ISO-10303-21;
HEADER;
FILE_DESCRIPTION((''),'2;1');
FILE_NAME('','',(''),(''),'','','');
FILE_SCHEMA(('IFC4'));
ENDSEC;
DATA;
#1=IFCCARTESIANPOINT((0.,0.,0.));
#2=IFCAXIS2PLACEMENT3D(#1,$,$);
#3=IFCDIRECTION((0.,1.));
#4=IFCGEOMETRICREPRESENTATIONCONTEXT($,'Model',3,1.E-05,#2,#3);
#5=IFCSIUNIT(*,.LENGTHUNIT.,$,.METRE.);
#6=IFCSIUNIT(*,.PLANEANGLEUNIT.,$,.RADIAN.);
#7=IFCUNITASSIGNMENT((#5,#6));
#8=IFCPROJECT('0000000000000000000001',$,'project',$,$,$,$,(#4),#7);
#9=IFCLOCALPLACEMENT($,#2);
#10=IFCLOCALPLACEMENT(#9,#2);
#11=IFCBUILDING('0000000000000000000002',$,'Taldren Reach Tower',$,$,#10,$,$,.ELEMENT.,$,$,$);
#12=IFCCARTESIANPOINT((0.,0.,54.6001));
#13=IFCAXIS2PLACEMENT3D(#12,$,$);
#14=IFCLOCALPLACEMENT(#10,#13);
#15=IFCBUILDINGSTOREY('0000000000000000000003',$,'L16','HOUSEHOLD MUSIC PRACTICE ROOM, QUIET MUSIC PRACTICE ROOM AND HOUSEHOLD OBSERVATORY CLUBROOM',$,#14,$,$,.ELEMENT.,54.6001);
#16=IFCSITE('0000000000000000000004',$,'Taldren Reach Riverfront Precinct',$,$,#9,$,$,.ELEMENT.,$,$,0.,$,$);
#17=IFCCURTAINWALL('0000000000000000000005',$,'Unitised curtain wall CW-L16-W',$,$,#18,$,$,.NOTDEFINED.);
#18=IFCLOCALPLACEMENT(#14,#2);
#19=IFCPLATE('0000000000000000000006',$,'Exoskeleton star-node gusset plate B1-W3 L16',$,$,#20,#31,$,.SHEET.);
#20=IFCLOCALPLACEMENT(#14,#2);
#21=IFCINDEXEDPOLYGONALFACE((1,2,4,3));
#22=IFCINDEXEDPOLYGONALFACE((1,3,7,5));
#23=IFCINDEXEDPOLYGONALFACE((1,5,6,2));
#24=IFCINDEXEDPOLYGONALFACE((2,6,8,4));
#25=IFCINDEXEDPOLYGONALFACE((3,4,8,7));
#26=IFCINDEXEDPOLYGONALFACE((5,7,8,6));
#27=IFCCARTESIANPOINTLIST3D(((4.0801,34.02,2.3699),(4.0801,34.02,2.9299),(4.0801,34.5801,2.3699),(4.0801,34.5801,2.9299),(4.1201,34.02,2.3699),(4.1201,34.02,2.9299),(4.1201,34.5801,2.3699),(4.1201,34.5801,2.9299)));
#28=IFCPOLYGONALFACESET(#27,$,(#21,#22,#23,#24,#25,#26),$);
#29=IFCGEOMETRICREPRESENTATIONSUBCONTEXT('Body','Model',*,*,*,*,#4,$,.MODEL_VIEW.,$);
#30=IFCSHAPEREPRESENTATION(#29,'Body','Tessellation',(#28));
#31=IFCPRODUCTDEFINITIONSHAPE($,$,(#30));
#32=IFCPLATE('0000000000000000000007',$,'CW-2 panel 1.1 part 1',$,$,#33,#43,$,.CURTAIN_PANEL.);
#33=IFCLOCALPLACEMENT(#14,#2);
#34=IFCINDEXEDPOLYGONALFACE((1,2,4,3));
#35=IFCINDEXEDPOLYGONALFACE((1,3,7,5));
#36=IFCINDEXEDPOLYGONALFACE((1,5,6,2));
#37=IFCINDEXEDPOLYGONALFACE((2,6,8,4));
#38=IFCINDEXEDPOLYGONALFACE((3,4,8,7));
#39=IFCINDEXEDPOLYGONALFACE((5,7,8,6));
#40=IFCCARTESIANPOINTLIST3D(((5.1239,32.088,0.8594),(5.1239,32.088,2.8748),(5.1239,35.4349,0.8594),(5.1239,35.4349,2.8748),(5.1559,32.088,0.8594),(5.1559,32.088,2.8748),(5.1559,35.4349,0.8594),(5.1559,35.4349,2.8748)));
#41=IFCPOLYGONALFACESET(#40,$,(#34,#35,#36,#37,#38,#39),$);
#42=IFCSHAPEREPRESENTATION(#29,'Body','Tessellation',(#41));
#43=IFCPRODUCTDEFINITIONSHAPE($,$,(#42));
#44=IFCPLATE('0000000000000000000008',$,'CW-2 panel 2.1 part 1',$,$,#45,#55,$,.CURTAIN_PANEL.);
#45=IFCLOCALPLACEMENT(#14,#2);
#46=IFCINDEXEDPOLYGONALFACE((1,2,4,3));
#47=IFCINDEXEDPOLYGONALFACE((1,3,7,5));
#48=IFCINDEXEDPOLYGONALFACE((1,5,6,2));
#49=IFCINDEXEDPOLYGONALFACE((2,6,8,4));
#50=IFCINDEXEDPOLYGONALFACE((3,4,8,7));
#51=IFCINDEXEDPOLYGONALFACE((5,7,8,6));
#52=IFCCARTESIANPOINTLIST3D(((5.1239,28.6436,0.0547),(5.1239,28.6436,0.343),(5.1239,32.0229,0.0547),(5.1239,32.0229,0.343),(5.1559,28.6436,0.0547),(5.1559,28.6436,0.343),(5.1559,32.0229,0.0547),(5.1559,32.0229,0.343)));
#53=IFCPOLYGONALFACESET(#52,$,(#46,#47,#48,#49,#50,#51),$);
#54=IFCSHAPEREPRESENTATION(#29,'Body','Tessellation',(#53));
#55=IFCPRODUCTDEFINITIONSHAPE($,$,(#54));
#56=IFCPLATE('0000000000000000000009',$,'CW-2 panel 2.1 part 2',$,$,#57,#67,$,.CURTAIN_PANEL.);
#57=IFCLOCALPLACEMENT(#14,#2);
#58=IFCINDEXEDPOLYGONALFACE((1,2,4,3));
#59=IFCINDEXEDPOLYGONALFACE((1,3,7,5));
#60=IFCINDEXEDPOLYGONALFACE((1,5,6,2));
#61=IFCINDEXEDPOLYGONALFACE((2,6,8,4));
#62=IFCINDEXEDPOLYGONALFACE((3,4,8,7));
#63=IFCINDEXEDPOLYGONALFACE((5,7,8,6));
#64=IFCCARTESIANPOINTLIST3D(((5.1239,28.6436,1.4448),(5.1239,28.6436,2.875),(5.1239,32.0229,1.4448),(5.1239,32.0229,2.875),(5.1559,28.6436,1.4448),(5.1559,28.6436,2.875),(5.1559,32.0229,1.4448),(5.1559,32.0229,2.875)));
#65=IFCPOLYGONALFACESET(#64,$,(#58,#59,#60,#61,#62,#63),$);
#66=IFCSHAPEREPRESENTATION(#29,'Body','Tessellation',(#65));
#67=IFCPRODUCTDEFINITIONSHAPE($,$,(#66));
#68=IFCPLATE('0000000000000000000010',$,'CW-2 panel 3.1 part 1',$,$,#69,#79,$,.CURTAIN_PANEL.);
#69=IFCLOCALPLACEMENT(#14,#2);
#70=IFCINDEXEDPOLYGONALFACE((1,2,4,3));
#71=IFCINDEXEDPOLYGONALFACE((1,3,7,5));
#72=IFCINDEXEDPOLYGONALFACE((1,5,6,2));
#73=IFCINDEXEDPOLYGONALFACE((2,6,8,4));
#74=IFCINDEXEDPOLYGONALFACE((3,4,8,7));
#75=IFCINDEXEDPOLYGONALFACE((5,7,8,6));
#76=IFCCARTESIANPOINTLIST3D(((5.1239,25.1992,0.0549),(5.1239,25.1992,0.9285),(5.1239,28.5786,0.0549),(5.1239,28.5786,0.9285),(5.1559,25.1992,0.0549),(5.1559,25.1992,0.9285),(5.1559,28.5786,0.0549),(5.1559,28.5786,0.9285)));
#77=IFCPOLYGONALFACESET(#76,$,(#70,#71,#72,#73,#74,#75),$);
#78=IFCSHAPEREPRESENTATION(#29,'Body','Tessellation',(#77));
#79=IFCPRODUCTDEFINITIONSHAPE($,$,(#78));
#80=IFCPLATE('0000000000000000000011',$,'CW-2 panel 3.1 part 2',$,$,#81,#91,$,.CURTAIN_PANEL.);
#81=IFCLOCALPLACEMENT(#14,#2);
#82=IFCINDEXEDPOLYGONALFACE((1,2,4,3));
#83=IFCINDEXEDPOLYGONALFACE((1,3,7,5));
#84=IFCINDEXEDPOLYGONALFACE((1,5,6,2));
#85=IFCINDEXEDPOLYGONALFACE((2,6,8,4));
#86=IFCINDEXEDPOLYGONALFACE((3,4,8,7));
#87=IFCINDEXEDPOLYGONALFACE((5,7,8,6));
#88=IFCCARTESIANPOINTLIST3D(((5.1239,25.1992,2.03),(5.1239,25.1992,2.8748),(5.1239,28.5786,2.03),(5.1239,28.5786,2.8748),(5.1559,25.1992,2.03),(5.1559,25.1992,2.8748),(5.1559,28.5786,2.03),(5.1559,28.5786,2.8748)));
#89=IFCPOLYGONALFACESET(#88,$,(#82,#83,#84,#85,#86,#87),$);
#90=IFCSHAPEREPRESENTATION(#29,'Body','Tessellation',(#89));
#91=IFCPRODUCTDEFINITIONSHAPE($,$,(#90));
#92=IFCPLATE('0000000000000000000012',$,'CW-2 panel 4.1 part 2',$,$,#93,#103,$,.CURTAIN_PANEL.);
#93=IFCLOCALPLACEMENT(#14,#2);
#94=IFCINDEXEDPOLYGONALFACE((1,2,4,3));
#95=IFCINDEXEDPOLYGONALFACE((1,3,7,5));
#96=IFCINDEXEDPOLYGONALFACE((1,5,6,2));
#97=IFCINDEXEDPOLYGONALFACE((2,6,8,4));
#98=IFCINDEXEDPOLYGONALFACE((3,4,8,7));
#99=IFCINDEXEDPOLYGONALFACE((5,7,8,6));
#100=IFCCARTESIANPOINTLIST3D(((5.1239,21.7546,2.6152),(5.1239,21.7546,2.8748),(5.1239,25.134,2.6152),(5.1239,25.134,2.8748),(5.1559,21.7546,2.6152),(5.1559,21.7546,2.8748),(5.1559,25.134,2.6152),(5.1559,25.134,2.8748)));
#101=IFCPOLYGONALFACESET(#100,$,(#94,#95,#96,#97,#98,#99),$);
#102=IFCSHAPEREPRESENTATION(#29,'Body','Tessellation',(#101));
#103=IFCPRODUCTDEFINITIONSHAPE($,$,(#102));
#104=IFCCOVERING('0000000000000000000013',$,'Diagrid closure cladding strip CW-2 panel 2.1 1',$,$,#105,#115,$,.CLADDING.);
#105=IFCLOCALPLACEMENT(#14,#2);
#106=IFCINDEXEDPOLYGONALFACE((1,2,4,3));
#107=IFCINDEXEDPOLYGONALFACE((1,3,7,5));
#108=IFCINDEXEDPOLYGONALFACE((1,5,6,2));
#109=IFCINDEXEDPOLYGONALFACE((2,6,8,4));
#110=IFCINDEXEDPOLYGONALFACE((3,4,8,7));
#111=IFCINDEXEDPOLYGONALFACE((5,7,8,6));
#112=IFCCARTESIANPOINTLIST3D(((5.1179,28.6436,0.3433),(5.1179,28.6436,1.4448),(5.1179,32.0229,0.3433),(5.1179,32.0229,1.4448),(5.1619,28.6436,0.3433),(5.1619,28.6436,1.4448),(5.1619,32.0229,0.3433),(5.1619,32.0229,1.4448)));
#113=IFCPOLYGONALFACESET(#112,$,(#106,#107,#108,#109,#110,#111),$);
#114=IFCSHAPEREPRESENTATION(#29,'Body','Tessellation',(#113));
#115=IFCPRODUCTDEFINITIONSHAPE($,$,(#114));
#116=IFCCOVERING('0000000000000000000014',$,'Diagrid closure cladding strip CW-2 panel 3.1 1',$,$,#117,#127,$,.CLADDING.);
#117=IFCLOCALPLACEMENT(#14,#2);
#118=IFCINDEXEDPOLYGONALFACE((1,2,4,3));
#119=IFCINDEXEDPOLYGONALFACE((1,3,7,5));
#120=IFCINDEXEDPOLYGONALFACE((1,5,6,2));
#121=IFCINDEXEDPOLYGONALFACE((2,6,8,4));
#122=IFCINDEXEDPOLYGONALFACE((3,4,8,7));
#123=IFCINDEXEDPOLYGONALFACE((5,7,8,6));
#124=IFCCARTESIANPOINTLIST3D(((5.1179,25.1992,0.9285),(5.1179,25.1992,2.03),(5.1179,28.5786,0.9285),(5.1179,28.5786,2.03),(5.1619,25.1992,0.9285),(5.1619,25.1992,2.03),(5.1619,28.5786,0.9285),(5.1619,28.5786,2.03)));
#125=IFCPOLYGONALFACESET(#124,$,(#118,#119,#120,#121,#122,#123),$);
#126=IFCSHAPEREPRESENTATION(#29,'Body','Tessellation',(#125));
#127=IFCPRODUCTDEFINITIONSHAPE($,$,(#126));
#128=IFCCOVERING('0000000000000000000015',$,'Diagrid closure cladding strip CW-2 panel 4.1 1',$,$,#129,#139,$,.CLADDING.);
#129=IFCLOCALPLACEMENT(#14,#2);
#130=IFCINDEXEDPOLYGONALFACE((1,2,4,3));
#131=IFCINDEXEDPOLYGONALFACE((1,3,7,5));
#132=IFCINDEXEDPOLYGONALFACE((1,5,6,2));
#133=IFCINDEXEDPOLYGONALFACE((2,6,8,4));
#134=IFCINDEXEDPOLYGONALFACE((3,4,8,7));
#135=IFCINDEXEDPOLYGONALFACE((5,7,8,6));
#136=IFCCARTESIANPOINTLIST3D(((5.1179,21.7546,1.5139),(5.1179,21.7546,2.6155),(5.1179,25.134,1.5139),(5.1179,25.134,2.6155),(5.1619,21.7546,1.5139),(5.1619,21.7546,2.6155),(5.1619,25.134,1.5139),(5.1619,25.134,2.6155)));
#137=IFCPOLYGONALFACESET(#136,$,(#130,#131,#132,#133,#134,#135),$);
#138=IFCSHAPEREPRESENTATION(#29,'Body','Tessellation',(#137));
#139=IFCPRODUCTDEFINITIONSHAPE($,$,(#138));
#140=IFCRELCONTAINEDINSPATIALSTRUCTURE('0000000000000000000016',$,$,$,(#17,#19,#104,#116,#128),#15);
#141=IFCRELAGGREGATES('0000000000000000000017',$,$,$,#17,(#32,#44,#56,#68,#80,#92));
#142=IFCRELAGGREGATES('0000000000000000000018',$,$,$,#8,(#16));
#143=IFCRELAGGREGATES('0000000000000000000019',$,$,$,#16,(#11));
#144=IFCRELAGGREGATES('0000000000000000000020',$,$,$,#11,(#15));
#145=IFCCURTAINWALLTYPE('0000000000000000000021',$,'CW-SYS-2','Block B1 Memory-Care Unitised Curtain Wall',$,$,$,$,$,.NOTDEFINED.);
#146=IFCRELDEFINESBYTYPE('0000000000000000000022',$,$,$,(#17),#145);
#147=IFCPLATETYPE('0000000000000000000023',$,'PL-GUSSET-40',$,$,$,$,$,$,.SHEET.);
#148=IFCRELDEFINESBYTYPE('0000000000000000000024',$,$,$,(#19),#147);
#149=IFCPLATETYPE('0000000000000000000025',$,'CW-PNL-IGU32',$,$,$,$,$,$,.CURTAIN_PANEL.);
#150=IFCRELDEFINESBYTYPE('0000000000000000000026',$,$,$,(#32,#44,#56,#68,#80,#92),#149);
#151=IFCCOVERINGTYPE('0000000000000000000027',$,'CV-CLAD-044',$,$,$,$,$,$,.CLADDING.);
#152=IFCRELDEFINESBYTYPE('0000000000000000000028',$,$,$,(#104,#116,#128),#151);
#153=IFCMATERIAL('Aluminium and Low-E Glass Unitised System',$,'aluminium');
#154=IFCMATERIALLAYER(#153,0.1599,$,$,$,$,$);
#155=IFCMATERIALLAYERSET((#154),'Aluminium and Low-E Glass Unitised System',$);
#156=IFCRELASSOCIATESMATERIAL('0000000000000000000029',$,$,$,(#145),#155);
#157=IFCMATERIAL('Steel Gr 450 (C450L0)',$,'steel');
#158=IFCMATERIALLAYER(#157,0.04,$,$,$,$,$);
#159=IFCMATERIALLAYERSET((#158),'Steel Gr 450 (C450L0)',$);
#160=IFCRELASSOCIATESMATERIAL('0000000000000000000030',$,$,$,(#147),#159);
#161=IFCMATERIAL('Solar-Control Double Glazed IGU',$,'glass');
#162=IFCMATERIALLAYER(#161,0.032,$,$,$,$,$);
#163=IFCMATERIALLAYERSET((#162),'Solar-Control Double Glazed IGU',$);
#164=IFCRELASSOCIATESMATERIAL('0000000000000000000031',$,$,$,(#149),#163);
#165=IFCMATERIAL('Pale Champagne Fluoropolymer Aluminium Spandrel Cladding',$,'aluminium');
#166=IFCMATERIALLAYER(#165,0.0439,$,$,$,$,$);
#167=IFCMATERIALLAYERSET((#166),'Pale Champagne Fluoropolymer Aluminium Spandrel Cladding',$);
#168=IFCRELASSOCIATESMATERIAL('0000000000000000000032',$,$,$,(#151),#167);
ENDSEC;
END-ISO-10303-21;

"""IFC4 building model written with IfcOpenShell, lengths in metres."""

from ifc_helpers import new_model, si_unit, direction, frame, origin, origin_2d, place, context, subcontext, project, spatial, rectangle, extrude, source, transform, mapped, material, layer, layer_set, type_object, element, aggregate, save


model = new_model("IFC4")

# Units and contexts
model_context = context("Model", 3, precision=1e-05, world=origin(), true_north=direction((0.0, 1.0)))
body_context = subcontext(model_context, "Body", "Model", "MODEL_VIEW")
ifc_project = project(units=[si_unit("LENGTHUNIT", "METRE"), si_unit("PLANEANGLEUNIT", "RADIAN")], contexts=[model_context])

# Site, building, storey
site_placement = place(None, origin())
site = spatial("IfcSite", under=ifc_project, at=site_placement, Name="Taldren Reach Riverfront Precinct", CompositionType="ELEMENT", RefElevation=0.0)
building_placement = place(site_placement, origin())
building = spatial("IfcBuilding", under=site, at=building_placement, Name="Taldren Reach Tower", CompositionType="ELEMENT")
storey_placement = place(building_placement, frame((0.0, 0.0, 54.6001)))
storey = spatial("IfcBuildingStorey", under=building, at=storey_placement, Name="L16", Description="HOUSEHOLD MUSIC PRACTICE ROOM, QUIET MUSIC PRACTICE ROOM AND HOUSEHOLD OBSERVATORY CLUBROOM", CompositionType="ELEMENT", Elevation=54.6001)

# Shared definitions
ifc_material_1 = material(Name="Steel Gr 450 (C450L0)", Category="steel")

# Curtain wall
ifc_material_2 = material(Name="Aluminium and Low-E Glass Unitised System", Category="aluminium")
ifc_layer_1 = layer(ifc_material_2, 0.1599)
ifc_layer_set_1 = layer_set([ifc_layer_1], Name="Aluminium and Low-E Glass Unitised System")
curtain_wall_type = type_object("IfcCurtainWallType", Name="CW-SYS-2", Description="Block B1 Memory-Care Unitised Curtain Wall", PredefinedType="NOTDEFINED", material=ifc_layer_set_1)
curtain_wall_placement = place(storey_placement, origin())
curtain_wall = element("IfcCurtainWall", 1, at=curtain_wall_placement, inside=storey, type_object=curtain_wall_type, Name="Unitised curtain wall CW-L16-W", PredefinedType="NOTDEFINED")

# Plates
ifc_layer_2 = layer(ifc_material_1, 0.04)
ifc_layer_set_2 = layer_set([ifc_layer_2], Name="Steel Gr 450 (C450L0)")
plate_type_1 = type_object("IfcPlateType", Name="PL-GUSSET-40", PredefinedType="SHEET", material=ifc_layer_set_2)
shared_shape_1 = source(origin(), body_context, "Body", "SweptSolid", [
    extrude(rectangle(XDim=0.5601, YDim=0.04, at=origin_2d()), origin(), (0.0, 0.0, 1.0), 0.5601),
])
plate_1_placement = place(storey_placement, frame((4.1001, 34.3, 2.3699), z_axis=(0.0, 0.0, 1.0), x_axis=(0.0, 1.0, 0.0)))
element("IfcPlate", 2, at=plate_1_placement, inside=storey, type_object=plate_type_1, Name="Exoskeleton star-node gusset plate B1-W3 L16", PredefinedType="SHEET", context=body_context, shape_type="MappedRepresentation", body=[
    mapped(shared_shape_1, transform((0.0, 0.0, 0.0), scale=1.0)),
])
ifc_material_3 = material(Name="Solar-Control Double Glazed IGU", Category="glass")
ifc_layer_3 = layer(ifc_material_3, 0.032)
ifc_layer_set_3 = layer_set([ifc_layer_3], Name="Solar-Control Double Glazed IGU")
plate_type_2 = type_object("IfcPlateType", Name="CW-PNL-IGU32", PredefinedType="CURTAIN_PANEL", material=ifc_layer_set_3)
shared_shape_2 = source(origin(), body_context, "Body", "SweptSolid", [
    extrude(rectangle(XDim=3.3469, YDim=0.032, at=origin_2d()), origin(), (0.0, 0.0, 1.0), 2.0154),
])
plate_2_placement = place(storey_placement, frame((5.1399, 33.7615, 0.8594), z_axis=(0.0, 0.0, 1.0), x_axis=(0.0, -1.0, 0.0)))
plate_2 = element("IfcPlate", 3, at=plate_2_placement, type_object=plate_type_2, Name="CW-2 panel 1.1 part 1", PredefinedType="CURTAIN_PANEL", context=body_context, shape_type="MappedRepresentation", body=[
    mapped(shared_shape_2, transform((0.0, 0.0, 0.0), scale=1.0)),
])
shared_shape_3 = source(origin(), body_context, "Body", "SweptSolid", [
    extrude(rectangle(XDim=3.3794, YDim=0.032, at=origin_2d()), origin(), (0.0, 0.0, 1.0), 0.2883),
])
plate_3_placement = place(storey_placement, frame((5.1399, 30.3333, 0.0547), z_axis=(0.0, 0.0, 1.0), x_axis=(0.0, -1.0, 0.0)))
plate_3 = element("IfcPlate", 4, at=plate_3_placement, type_object=plate_type_2, Name="CW-2 panel 2.1 part 1", PredefinedType="CURTAIN_PANEL", context=body_context, shape_type="MappedRepresentation", body=[
    mapped(shared_shape_3, transform((0.0, 0.0, 0.0), scale=1.0)),
])
shared_shape_4 = source(origin(), body_context, "Body", "SweptSolid", [
    extrude(rectangle(XDim=3.3794, YDim=0.032, at=origin_2d()), origin(), (0.0, 0.0, 1.0), 1.4302),
])
plate_4_placement = place(storey_placement, frame((5.1399, 30.3333, 1.4448), z_axis=(0.0, 0.0, 1.0), x_axis=(0.0, -1.0, 0.0)))
plate_4 = element("IfcPlate", 5, at=plate_4_placement, type_object=plate_type_2, Name="CW-2 panel 2.1 part 2", PredefinedType="CURTAIN_PANEL", context=body_context, shape_type="MappedRepresentation", body=[
    mapped(shared_shape_4, transform((0.0, 0.0, 0.0), scale=1.0)),
])
shared_shape_5 = source(origin(), body_context, "Body", "SweptSolid", [
    extrude(rectangle(XDim=3.3794, YDim=0.032, at=origin_2d()), origin(), (0.0, 0.0, 1.0), 0.8735),
])
plate_5_placement = place(storey_placement, frame((5.1399, 26.8889, 0.0549), z_axis=(0.0, 0.0, 1.0), x_axis=(0.0, -1.0, 0.0)))
plate_5 = element("IfcPlate", 6, at=plate_5_placement, type_object=plate_type_2, Name="CW-2 panel 3.1 part 1", PredefinedType="CURTAIN_PANEL", context=body_context, shape_type="MappedRepresentation", body=[
    mapped(shared_shape_5, transform((0.0, 0.0, 0.0), scale=1.0)),
])
shared_shape_6 = source(origin(), body_context, "Body", "SweptSolid", [
    extrude(rectangle(XDim=3.3794, YDim=0.032, at=origin_2d()), origin(), (0.0, 0.0, 1.0), 0.8447),
])
plate_6_placement = place(storey_placement, frame((5.1399, 26.8889, 2.03), z_axis=(0.0, 0.0, 1.0), x_axis=(0.0, -1.0, 0.0)))
plate_6 = element("IfcPlate", 7, at=plate_6_placement, type_object=plate_type_2, Name="CW-2 panel 3.1 part 2", PredefinedType="CURTAIN_PANEL", context=body_context, shape_type="MappedRepresentation", body=[
    mapped(shared_shape_6, transform((0.0, 0.0, 0.0), scale=1.0)),
])
shared_shape_7 = source(origin(), body_context, "Body", "SweptSolid", [
    extrude(rectangle(XDim=3.3794, YDim=0.032, at=origin_2d()), origin(), (0.0, 0.0, 1.0), 0.2595),
])
plate_7_placement = place(storey_placement, frame((5.1399, 23.4443, 2.6152), z_axis=(0.0, 0.0, 1.0), x_axis=(0.0, -1.0, 0.0)))
plate_7 = element("IfcPlate", 8, at=plate_7_placement, type_object=plate_type_2, Name="CW-2 panel 4.1 part 2", PredefinedType="CURTAIN_PANEL", context=body_context, shape_type="MappedRepresentation", body=[
    mapped(shared_shape_7, transform((0.0, 0.0, 0.0), scale=1.0)),
])
aggregate(curtain_wall, [plate_2, plate_3, plate_4, plate_5, plate_6, plate_7])

# Coverings
ifc_material_4 = material(Name="Pale Champagne Fluoropolymer Aluminium Spandrel Cladding", Category="aluminium")
ifc_layer_4 = layer(ifc_material_4, 0.0439)
ifc_layer_set_4 = layer_set([ifc_layer_4], Name="Pale Champagne Fluoropolymer Aluminium Spandrel Cladding")
covering_type = type_object("IfcCoveringType", Name="CV-CLAD-044", PredefinedType="CLADDING", material=ifc_layer_set_4)
shared_shape_8 = source(origin(), body_context, "Body", "SweptSolid", [
    extrude(rectangle(XDim=3.3794, YDim=0.0439, at=origin_2d()), origin(), (0.0, 0.0, 1.0), 1.1016),
])
for number, where, z_axis, x_axis, name in (
    (9, (5.1399, 30.3333, 0.3433), (0.0, 0.0, 1.0), (0.0, -1.0, 0.0), "Diagrid closure cladding strip CW-2 panel 2.1 1"),
    (10, (5.1399, 26.8889, 0.9285), (0.0, 0.0, 1.0), (0.0, -1.0, 0.0), "Diagrid closure cladding strip CW-2 panel 3.1 1"),
    (11, (5.1399, 23.4443, 1.5139), (0.0, 0.0, 1.0), (0.0, -1.0, 0.0), "Diagrid closure cladding strip CW-2 panel 4.1 1"),
):
    element("IfcCovering", number, at=place(storey_placement, frame(where, z_axis=z_axis, x_axis=x_axis)), inside=storey, type_object=covering_type, Name=name, PredefinedType="CLADDING", context=body_context, shape_type="MappedRepresentation", body=[
        mapped(shared_shape_8, transform((0.0, 0.0, 0.0), scale=1.0)),
    ])

save(model, "model.ifc")
